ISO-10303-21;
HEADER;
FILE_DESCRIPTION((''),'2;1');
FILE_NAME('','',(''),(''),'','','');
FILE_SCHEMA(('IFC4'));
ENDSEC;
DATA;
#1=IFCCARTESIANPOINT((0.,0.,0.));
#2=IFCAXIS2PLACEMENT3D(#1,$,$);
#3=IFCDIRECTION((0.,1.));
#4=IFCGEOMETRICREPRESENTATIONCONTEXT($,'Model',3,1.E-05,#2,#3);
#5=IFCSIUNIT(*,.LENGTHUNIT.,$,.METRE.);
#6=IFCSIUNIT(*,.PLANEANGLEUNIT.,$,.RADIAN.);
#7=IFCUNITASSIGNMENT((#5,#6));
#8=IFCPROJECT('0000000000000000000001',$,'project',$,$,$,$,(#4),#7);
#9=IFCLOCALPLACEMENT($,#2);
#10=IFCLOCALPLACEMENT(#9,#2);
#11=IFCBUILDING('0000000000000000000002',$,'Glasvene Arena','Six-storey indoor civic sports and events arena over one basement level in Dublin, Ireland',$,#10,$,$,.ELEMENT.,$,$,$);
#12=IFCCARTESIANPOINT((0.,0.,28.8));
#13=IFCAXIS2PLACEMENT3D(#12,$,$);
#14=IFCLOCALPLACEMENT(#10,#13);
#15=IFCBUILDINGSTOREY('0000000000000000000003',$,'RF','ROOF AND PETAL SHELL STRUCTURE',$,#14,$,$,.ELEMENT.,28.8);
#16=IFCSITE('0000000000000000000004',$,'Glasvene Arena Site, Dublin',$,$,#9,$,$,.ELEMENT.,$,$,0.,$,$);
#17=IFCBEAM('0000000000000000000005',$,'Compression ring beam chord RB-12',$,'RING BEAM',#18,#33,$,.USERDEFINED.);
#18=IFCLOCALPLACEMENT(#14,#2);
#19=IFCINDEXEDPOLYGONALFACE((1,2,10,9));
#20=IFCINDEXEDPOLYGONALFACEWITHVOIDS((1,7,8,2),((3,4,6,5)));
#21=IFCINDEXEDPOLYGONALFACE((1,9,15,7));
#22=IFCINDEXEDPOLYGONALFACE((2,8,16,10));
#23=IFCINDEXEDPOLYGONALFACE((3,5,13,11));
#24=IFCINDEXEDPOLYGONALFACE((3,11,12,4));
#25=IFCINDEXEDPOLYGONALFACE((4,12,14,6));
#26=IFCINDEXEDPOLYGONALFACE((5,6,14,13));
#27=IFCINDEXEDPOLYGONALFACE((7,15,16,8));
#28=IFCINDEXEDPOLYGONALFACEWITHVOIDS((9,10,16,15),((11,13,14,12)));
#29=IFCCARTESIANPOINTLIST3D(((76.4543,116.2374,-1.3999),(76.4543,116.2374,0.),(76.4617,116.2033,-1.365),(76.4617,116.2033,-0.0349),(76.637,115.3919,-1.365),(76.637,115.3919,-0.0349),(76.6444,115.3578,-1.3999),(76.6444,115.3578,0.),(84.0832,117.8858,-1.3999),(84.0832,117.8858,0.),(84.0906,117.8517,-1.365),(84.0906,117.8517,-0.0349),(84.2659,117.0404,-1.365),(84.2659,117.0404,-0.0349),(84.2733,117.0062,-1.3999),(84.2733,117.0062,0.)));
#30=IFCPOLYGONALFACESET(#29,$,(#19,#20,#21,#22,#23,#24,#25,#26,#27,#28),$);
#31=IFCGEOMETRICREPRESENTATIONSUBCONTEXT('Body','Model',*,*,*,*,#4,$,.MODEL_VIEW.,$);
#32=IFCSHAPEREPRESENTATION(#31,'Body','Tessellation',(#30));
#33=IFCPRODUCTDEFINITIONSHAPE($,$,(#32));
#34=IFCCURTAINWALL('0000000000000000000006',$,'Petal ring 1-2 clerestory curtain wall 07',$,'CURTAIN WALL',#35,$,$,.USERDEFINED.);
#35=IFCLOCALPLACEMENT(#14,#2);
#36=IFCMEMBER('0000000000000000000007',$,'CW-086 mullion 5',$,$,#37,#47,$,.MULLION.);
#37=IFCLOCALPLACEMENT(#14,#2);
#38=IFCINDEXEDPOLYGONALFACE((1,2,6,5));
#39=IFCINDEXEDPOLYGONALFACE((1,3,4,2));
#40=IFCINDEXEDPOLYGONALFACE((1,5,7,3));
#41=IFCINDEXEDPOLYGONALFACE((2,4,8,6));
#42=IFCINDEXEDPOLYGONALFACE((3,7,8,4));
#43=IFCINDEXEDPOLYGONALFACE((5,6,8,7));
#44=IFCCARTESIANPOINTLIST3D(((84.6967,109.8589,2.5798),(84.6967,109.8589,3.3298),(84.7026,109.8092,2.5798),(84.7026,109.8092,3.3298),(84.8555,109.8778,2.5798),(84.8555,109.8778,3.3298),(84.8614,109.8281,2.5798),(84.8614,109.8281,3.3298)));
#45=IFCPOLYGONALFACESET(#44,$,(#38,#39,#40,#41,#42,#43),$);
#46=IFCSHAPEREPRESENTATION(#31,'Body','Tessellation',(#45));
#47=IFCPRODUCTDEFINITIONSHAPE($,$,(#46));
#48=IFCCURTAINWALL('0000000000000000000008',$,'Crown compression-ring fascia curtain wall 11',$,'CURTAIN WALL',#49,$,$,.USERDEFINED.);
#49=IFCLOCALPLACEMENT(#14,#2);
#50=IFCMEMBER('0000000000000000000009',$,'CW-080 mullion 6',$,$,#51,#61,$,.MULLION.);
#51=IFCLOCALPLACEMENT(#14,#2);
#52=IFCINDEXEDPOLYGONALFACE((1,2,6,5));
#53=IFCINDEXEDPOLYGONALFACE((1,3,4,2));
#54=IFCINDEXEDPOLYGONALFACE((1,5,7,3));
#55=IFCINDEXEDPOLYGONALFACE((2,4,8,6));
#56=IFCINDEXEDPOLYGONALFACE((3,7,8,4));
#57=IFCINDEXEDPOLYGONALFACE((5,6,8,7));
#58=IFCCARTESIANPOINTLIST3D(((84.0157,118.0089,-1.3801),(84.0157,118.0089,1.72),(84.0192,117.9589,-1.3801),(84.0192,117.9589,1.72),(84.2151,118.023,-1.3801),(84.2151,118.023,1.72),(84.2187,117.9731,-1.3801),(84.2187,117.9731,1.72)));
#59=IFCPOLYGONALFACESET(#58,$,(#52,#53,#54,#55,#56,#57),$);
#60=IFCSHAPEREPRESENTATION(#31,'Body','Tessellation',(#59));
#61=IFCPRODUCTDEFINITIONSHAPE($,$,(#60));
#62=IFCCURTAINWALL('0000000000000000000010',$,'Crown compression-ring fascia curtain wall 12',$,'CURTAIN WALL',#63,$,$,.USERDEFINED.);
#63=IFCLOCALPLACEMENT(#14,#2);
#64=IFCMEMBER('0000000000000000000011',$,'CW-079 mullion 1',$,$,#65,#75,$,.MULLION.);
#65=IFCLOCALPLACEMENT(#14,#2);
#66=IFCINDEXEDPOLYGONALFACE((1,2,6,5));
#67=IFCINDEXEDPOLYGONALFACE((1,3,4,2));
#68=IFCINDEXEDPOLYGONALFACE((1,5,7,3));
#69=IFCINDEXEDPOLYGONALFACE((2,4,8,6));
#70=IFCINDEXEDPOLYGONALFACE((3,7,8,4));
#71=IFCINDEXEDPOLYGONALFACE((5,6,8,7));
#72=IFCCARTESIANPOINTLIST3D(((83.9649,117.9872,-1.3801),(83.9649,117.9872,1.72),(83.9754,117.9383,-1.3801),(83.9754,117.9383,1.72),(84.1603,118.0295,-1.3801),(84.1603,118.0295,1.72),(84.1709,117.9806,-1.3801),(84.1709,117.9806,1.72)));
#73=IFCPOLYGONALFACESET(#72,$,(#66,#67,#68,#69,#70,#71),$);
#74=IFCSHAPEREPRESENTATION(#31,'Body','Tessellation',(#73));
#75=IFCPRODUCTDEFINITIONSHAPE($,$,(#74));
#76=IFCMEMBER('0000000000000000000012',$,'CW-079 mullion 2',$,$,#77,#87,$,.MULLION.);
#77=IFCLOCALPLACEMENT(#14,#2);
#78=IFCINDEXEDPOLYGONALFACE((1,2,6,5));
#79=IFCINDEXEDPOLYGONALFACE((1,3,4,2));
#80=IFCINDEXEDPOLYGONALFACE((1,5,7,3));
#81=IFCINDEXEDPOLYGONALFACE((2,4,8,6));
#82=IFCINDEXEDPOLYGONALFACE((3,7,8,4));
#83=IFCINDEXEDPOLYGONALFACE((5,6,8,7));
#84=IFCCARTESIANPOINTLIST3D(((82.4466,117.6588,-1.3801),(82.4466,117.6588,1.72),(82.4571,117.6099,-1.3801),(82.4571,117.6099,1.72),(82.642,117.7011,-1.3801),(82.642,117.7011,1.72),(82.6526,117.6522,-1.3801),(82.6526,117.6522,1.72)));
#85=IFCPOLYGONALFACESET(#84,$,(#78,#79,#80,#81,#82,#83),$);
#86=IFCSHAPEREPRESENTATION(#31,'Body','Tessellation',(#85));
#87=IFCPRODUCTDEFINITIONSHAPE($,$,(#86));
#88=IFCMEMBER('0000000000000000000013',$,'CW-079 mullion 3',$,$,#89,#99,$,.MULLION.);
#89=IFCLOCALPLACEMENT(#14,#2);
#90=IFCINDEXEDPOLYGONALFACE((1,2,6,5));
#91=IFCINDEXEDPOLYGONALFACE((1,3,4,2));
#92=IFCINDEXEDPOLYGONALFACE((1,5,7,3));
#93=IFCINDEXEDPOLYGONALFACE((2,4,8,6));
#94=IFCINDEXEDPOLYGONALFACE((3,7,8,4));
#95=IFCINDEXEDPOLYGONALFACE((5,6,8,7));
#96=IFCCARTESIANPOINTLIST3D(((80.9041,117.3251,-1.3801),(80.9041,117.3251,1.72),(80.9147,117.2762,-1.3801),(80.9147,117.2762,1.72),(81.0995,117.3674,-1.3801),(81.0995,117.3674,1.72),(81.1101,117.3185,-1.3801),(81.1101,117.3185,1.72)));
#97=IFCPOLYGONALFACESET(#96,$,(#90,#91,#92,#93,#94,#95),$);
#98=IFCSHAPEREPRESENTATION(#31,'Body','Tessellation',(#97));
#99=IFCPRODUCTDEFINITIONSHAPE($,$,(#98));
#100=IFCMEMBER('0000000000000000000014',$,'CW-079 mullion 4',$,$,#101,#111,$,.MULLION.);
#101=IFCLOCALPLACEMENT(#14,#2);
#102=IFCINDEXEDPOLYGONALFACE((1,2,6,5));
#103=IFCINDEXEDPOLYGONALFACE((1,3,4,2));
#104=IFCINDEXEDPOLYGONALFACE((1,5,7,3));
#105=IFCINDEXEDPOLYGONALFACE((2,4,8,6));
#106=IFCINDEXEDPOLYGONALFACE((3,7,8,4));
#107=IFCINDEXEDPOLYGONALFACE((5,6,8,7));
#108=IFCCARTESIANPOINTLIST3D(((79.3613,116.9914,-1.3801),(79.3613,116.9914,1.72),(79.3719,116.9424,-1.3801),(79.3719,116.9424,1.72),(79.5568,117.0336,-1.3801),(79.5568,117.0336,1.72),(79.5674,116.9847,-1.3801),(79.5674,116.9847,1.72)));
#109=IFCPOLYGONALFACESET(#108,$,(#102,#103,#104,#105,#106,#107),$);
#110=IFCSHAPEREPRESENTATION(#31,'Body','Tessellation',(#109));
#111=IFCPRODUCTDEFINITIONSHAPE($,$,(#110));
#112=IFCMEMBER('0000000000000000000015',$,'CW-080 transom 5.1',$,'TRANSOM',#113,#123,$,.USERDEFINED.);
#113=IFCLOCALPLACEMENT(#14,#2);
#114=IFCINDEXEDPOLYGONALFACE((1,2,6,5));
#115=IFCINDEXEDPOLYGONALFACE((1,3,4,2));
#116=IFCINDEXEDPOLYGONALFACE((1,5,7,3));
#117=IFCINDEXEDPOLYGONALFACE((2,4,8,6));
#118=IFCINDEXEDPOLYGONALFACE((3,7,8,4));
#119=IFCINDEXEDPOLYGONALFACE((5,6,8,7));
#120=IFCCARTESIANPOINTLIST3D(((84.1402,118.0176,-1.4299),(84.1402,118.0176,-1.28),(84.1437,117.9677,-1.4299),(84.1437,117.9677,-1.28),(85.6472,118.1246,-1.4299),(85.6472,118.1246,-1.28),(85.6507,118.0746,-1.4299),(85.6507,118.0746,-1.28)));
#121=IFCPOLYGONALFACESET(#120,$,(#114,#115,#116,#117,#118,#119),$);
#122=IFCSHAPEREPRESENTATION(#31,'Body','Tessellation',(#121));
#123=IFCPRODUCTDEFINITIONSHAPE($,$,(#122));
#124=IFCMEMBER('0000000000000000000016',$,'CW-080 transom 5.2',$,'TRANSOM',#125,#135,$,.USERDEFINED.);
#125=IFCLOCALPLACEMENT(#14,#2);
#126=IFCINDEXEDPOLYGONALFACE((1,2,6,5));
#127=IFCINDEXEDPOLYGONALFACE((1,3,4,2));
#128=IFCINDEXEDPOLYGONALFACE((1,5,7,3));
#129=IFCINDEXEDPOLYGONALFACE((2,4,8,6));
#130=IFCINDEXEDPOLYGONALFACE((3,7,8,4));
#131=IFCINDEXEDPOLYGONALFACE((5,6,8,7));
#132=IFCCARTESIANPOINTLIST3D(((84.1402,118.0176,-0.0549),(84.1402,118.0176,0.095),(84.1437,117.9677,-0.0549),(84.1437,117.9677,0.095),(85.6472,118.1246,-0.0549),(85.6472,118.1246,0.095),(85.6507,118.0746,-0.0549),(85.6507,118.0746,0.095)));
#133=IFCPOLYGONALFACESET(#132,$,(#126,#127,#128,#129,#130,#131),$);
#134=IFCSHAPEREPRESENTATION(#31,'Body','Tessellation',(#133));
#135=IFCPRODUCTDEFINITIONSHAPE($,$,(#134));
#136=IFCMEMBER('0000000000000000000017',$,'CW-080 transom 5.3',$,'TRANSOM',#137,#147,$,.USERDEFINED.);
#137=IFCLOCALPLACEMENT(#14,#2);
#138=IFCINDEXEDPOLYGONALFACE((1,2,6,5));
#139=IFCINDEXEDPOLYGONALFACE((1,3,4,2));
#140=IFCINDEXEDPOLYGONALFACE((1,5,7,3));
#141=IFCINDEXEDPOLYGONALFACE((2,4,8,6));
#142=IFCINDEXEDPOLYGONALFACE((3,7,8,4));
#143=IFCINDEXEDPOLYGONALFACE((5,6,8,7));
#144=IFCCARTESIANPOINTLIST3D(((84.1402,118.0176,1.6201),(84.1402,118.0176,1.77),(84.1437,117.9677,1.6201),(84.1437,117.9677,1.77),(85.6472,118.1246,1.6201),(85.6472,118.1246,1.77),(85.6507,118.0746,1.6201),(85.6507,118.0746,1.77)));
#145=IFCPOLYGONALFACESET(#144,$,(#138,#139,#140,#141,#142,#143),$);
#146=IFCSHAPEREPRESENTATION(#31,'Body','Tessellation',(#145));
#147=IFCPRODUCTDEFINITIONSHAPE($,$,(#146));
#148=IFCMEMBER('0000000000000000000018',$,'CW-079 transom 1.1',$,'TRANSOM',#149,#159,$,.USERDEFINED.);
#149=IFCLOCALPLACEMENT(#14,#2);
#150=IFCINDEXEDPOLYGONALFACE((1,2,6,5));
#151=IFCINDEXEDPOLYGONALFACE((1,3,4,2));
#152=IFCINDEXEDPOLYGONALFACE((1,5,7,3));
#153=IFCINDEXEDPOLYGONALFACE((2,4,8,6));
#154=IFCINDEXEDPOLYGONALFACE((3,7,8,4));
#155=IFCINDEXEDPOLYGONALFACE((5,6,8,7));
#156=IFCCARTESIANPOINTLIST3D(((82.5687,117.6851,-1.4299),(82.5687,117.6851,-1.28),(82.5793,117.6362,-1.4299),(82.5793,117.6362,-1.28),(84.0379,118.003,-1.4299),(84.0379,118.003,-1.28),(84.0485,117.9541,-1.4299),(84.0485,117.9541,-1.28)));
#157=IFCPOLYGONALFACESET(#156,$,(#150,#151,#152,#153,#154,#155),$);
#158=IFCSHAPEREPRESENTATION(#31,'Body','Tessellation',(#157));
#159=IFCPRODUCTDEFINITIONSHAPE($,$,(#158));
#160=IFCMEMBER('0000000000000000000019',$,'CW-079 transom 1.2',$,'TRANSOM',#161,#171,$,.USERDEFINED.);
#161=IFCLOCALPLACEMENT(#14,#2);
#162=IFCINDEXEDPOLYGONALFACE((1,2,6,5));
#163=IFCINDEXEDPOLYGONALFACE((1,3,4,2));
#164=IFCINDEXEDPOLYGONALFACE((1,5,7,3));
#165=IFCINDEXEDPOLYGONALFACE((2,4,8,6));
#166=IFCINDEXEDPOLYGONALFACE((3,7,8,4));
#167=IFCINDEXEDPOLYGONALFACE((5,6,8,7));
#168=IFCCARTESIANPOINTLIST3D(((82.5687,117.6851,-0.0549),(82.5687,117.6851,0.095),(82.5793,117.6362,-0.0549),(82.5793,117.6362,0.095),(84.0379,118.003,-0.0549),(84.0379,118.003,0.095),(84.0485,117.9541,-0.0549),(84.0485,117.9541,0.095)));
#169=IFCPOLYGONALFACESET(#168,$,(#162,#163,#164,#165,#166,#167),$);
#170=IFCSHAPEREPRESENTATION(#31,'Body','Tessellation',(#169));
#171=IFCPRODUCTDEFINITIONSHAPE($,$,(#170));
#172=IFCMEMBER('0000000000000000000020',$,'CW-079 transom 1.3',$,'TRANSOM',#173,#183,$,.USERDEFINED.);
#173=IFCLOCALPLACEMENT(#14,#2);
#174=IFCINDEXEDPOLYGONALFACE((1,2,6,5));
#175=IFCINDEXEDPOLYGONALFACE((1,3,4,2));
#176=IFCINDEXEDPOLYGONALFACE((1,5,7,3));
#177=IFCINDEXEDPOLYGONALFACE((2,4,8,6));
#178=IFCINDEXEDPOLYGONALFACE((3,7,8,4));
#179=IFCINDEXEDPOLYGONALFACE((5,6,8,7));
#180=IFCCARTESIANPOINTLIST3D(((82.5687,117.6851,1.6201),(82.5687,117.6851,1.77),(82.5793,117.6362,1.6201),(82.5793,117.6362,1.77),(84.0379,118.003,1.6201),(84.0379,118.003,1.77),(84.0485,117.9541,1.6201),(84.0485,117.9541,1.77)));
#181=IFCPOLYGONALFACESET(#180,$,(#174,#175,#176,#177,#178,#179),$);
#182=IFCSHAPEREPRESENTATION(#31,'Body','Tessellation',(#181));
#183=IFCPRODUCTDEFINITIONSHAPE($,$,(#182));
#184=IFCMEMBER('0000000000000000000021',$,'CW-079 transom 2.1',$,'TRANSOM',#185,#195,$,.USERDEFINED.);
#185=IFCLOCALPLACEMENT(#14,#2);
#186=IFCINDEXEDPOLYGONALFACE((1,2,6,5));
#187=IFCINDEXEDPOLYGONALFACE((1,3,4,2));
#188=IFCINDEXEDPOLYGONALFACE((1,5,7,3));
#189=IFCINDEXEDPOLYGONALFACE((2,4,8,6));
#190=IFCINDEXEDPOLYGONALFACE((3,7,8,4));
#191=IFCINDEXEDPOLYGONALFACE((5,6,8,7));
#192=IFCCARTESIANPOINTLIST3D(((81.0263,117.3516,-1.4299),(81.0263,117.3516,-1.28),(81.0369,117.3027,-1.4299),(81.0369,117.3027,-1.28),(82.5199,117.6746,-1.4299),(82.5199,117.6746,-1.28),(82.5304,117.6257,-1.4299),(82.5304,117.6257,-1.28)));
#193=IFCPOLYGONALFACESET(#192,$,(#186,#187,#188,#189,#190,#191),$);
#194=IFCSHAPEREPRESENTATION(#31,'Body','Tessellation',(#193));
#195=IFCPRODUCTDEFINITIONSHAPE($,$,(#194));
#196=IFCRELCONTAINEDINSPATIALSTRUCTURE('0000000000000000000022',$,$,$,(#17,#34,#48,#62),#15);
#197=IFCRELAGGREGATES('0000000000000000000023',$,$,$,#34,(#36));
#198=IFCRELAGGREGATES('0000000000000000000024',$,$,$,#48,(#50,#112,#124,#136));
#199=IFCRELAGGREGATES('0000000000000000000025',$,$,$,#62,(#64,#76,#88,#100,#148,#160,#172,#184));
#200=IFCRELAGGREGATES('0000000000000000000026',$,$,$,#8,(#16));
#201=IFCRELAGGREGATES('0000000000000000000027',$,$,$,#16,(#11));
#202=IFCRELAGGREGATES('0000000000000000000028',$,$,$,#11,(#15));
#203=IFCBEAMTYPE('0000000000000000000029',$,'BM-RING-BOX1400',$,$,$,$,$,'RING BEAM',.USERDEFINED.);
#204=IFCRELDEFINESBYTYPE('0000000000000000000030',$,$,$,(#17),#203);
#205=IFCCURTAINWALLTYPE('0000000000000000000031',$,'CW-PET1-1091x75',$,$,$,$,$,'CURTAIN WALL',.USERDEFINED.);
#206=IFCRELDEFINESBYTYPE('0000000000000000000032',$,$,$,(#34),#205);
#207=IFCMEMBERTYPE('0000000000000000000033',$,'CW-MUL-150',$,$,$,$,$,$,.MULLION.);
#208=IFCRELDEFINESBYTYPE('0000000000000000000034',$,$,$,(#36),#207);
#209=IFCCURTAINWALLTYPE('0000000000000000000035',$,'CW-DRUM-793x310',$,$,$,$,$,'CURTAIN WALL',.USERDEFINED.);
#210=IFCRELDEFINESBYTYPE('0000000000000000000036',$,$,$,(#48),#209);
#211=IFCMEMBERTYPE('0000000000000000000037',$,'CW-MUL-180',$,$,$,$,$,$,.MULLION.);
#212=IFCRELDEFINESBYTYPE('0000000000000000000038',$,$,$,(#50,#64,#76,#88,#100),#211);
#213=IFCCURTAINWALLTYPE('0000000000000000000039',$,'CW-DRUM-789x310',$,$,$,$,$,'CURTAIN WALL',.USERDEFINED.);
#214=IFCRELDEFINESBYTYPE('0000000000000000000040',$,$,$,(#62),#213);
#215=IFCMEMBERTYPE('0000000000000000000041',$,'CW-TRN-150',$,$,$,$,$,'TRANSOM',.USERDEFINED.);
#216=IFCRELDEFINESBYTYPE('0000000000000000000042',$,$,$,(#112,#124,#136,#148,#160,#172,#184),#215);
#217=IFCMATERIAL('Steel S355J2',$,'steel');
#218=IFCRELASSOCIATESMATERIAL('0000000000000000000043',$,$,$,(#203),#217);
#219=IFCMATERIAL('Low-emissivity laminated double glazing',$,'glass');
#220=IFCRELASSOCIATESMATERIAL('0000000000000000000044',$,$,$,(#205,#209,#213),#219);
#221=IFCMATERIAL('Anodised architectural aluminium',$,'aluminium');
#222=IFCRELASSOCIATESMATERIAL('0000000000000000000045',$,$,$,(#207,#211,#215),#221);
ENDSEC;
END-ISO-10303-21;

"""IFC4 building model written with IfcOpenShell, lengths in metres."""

from ifc_helpers import new_model, si_unit, direction, frame, origin, origin_2d, place, context, subcontext, project, spatial, rectangle, hollow_rectangle, extrude, material, material_profile, profile_set, type_object, element, aggregate, save


model = new_model("IFC4")

# Units and contexts
model_context = context("Model", 3, precision=1e-05, world=origin(), true_north=direction((0.0, 1.0)))
body_context = subcontext(model_context, "Body", "Model", "MODEL_VIEW")
ifc_project = project(units=[si_unit("LENGTHUNIT", "METRE"), si_unit("PLANEANGLEUNIT", "RADIAN")], contexts=[model_context])

# Site, building, storey
site_placement = place(None, origin())
site = spatial("IfcSite", under=ifc_project, at=site_placement, Name="Glasvene Arena Site, Dublin", CompositionType="ELEMENT", RefElevation=0.0)
building_placement = place(site_placement, origin())
building = spatial("IfcBuilding", under=site, at=building_placement, Name="Glasvene Arena", Description="Six-storey indoor civic sports and events arena over one basement level in Dublin, Ireland", CompositionType="ELEMENT")
storey_placement = place(building_placement, frame((0.0, 0.0, 28.8)))
storey = spatial("IfcBuildingStorey", under=building, at=storey_placement, Name="RF", Description="ROOF AND PETAL SHELL STRUCTURE", CompositionType="ELEMENT", Elevation=28.8)

# Beam
ifc_material_1 = material(Name="Steel S355J2", Category="steel")
ifc_material_profile_1 = material_profile(ifc_material_1, hollow_rectangle(XDim=0.8999, YDim=1.3999, WallThickness=0.0349, at=origin_2d()), Name="WBOX 900x1400x35")
ifc_profile_set_1 = profile_set([ifc_material_profile_1], Name="Steel S355J2")
beam_type = type_object("IfcBeamType", Name="BM-RING-BOX1400", ElementType="RING BEAM", PredefinedType="USERDEFINED", material=ifc_profile_set_1)
beam_placement = place(storey_placement, frame((84.1782, 117.446, -0.7), z_axis=(-0.977442, -0.211204, 0.0), x_axis=(0.211204, -0.977442, 0.0)))
element("IfcBeam", 1, at=beam_placement, inside=storey, type_object=beam_type, Name="Compression ring beam chord RB-12", ObjectType="RING BEAM", PredefinedType="USERDEFINED", context=body_context, shape_type="SweptSolid", body=[
    extrude(hollow_rectangle(XDim=0.8999, YDim=1.3999, WallThickness=0.0349, at=origin_2d()), origin(), (0.0, 0.0, 1.0), 7.8049),
])

# Curtain walls, members
ifc_material_2 = material(Name="Low-emissivity laminated double glazing", Category="glass")
curtain_wall_type_1 = type_object("IfcCurtainWallType", Name="CW-PET1-1091x75", ElementType="CURTAIN WALL", PredefinedType="USERDEFINED", material=ifc_material_2)
curtain_wall_1_placement = place(storey_placement, frame((92.0, 110.7, 0.0)))
curtain_wall_1 = element("IfcCurtainWall", 2, at=curtain_wall_1_placement, inside=storey, type_object=curtain_wall_type_1, Name="Petal ring 1-2 clerestory curtain wall 07", ObjectType="CURTAIN WALL", PredefinedType="USERDEFINED")
ifc_material_3 = material(Name="Anodised architectural aluminium", Category="aluminium")
ifc_material_profile_2 = material_profile(ifc_material_3, rectangle(XDim=0.05, YDim=0.1599, at=origin_2d()), Name="ALU MULLION 50x160")
ifc_profile_set_2 = profile_set([ifc_material_profile_2], Name="Anodised architectural aluminium")
member_type_1 = type_object("IfcMemberType", Name="CW-MUL-150", PredefinedType="MULLION", material=ifc_profile_set_2)
member_1_placement = place(storey_placement, frame((84.7791, 109.8435, 2.5798), z_axis=(0.0, 0.0, 1.0), x_axis=(0.117772, -0.993041, 0.0)))
member_1 = element("IfcMember", 3, at=member_1_placement, type_object=member_type_1, Name="CW-086 mullion 5", PredefinedType="MULLION", context=body_context, shape_type="SweptSolid", body=[
    extrude(rectangle(XDim=0.05, YDim=0.1599, at=origin_2d()), origin(), (0.0, 0.0, 1.0), 0.75),
])
aggregate(curtain_wall_1, [member_1])
curtain_wall_type_2 = type_object("IfcCurtainWallType", Name="CW-DRUM-793x310", ElementType="CURTAIN WALL", PredefinedType="USERDEFINED", material=ifc_material_2)
curtain_wall_2_placement = place(storey_placement, frame((92.0, 118.55, 0.0)))
curtain_wall_2 = element("IfcCurtainWall", 4, at=curtain_wall_2_placement, inside=storey, type_object=curtain_wall_type_2, Name="Crown compression-ring fascia curtain wall 11", ObjectType="CURTAIN WALL", PredefinedType="USERDEFINED")
ifc_material_profile_3 = material_profile(ifc_material_3, rectangle(XDim=0.05, YDim=0.2, at=origin_2d()), Name="ALU MULLION 50x200")
ifc_profile_set_3 = profile_set([ifc_material_profile_3], Name="Anodised architectural aluminium")
member_type_2 = type_object("IfcMemberType", Name="CW-MUL-180", PredefinedType="MULLION", material=ifc_profile_set_3)
member_2_placement = place(storey_placement, frame((84.1172, 117.991, -1.3801), z_axis=(0.0, 0.0, 1.0), x_axis=(0.07074, -0.997495, 0.0)))
member_2 = element("IfcMember", 5, at=member_2_placement, type_object=member_type_2, Name="CW-080 mullion 6", PredefinedType="MULLION", context=body_context, shape_type="SweptSolid", body=[
    extrude(rectangle(XDim=0.05, YDim=0.2, at=origin_2d()), origin(), (0.0, 0.0, 1.0), 3.1001),
])

# Curtain wall, members
curtain_wall_type_3 = type_object("IfcCurtainWallType", Name="CW-DRUM-789x310", ElementType="CURTAIN WALL", PredefinedType="USERDEFINED", material=ifc_material_2)
curtain_wall_3_placement = place(storey_placement, frame((84.0923, 117.9893, 0.0)))
curtain_wall_3 = element("IfcCurtainWall", 6, at=curtain_wall_3_placement, inside=storey, type_object=curtain_wall_type_3, Name="Crown compression-ring fascia curtain wall 12", ObjectType="CURTAIN WALL", PredefinedType="USERDEFINED")
member_3_placement = place(storey_placement, frame((84.0679, 117.9839, -1.3801), z_axis=(0.0, 0.0, 1.0), x_axis=(0.211445, -0.97739, 0.0)))
member_3 = element("IfcMember", 7, at=member_3_placement, type_object=member_type_2, Name="CW-079 mullion 1", PredefinedType="MULLION", context=body_context, shape_type="SweptSolid", body=[
    extrude(rectangle(XDim=0.05, YDim=0.2, at=origin_2d()), origin(), (0.0, 0.0, 1.0), 3.1001),
])
member_4_placement = place(storey_placement, frame((82.5496, 117.6555, -1.3801), z_axis=(0.0, 0.0, 1.0), x_axis=(0.211445, -0.97739, 0.0)))
member_4 = element("IfcMember", 8, at=member_4_placement, type_object=member_type_2, Name="CW-079 mullion 2", PredefinedType="MULLION", context=body_context, shape_type="SweptSolid", body=[
    extrude(rectangle(XDim=0.05, YDim=0.2, at=origin_2d()), origin(), (0.0, 0.0, 1.0), 3.1001),
])
member_5_placement = place(storey_placement, frame((81.0071, 117.3218, -1.3801), z_axis=(0.0, 0.0, 1.0), x_axis=(0.211445, -0.97739, 0.0)))
member_5 = element("IfcMember", 9, at=member_5_placement, type_object=member_type_2, Name="CW-079 mullion 3", PredefinedType="MULLION", context=body_context, shape_type="SweptSolid", body=[
    extrude(rectangle(XDim=0.05, YDim=0.2, at=origin_2d()), origin(), (0.0, 0.0, 1.0), 3.1001),
])
member_6_placement = place(storey_placement, frame((79.4644, 116.988, -1.3801), z_axis=(0.0, 0.0, 1.0), x_axis=(0.211445, -0.97739, 0.0)))
member_6 = element("IfcMember", 10, at=member_6_placement, type_object=member_type_2, Name="CW-079 mullion 4", PredefinedType="MULLION", context=body_context, shape_type="SweptSolid", body=[
    extrude(rectangle(XDim=0.05, YDim=0.2, at=origin_2d()), origin(), (0.0, 0.0, 1.0), 3.1001),
])

# Members
ifc_material_profile_4 = material_profile(ifc_material_3, rectangle(XDim=0.05, YDim=0.1499, at=origin_2d()), Name="ALU TRANSOM 50x150")
ifc_profile_set_4 = profile_set([ifc_material_profile_4], Name="Anodised architectural aluminium")
member_type_3 = type_object("IfcMemberType", Name="CW-TRN-150", ElementType="TRANSOM", PredefinedType="USERDEFINED", material=ifc_profile_set_4)
member_7_placement = place(storey_placement, frame((85.6489, 118.0996, -1.355), z_axis=(-0.997491, -0.070788, 0.0), x_axis=(0.070788, -0.997491, 0.0)))
member_7 = element("IfcMember", 11, at=member_7_placement, type_object=member_type_3, Name="CW-080 transom 5.1", ObjectType="TRANSOM", PredefinedType="USERDEFINED", context=body_context, shape_type="SweptSolid", body=[
    extrude(rectangle(XDim=0.05, YDim=0.1499, at=origin_2d()), origin(), (0.0, 0.0, 1.0), 1.5107),
])
member_8_placement = place(storey_placement, frame((85.6489, 118.0996, 0.02), z_axis=(-0.997491, -0.070788, 0.0), x_axis=(0.070788, -0.997491, 0.0)))
member_8 = element("IfcMember", 12, at=member_8_placement, type_object=member_type_3, Name="CW-080 transom 5.2", ObjectType="TRANSOM", PredefinedType="USERDEFINED", context=body_context, shape_type="SweptSolid", body=[
    extrude(rectangle(XDim=0.05, YDim=0.1499, at=origin_2d()), origin(), (0.0, 0.0, 1.0), 1.5107),
])
member_9_placement = place(storey_placement, frame((85.6489, 118.0996, 1.6951), z_axis=(-0.997491, -0.070788, 0.0), x_axis=(0.070788, -0.997491, 0.0)))
member_9 = element("IfcMember", 13, at=member_9_placement, type_object=member_type_3, Name="CW-080 transom 5.3", ObjectType="TRANSOM", PredefinedType="USERDEFINED", context=body_context, shape_type="SweptSolid", body=[
    extrude(rectangle(XDim=0.05, YDim=0.1499, at=origin_2d()), origin(), (0.0, 0.0, 1.0), 1.5107),
])
member_10_placement = place(storey_placement, frame((84.0432, 117.9785, -1.355), z_axis=(-0.977387, -0.211459, 0.0), x_axis=(0.211459, -0.977387, 0.0)))
member_10 = element("IfcMember", 14, at=member_10_placement, type_object=member_type_3, Name="CW-079 transom 1.1", ObjectType="TRANSOM", PredefinedType="USERDEFINED", context=body_context, shape_type="SweptSolid", body=[
    extrude(rectangle(XDim=0.05, YDim=0.1499, at=origin_2d()), origin(), (0.0, 0.0, 1.0), 1.5032),
])
member_11_placement = place(storey_placement, frame((84.0432, 117.9785, 0.02), z_axis=(-0.977387, -0.211459, 0.0), x_axis=(0.211459, -0.977387, 0.0)))
member_11 = element("IfcMember", 15, at=member_11_placement, type_object=member_type_3, Name="CW-079 transom 1.2", ObjectType="TRANSOM", PredefinedType="USERDEFINED", context=body_context, shape_type="SweptSolid", body=[
    extrude(rectangle(XDim=0.05, YDim=0.1499, at=origin_2d()), origin(), (0.0, 0.0, 1.0), 1.5032),
])
member_12_placement = place(storey_placement, frame((84.0432, 117.9785, 1.6951), z_axis=(-0.977387, -0.211459, 0.0), x_axis=(0.211459, -0.977387, 0.0)))
member_12 = element("IfcMember", 16, at=member_12_placement, type_object=member_type_3, Name="CW-079 transom 1.3", ObjectType="TRANSOM", PredefinedType="USERDEFINED", context=body_context, shape_type="SweptSolid", body=[
    extrude(rectangle(XDim=0.05, YDim=0.1499, at=origin_2d()), origin(), (0.0, 0.0, 1.0), 1.5032),
])
member_13_placement = place(storey_placement, frame((82.5251, 117.6501, -1.355), z_axis=(-0.977408, -0.211362, 0.0), x_axis=(0.211362, -0.977408, 0.0)))
member_13 = element("IfcMember", 17, at=member_13_placement, type_object=member_type_3, Name="CW-079 transom 2.1", ObjectType="TRANSOM", PredefinedType="USERDEFINED", context=body_context, shape_type="SweptSolid", body=[
    extrude(rectangle(XDim=0.05, YDim=0.1499, at=origin_2d()), origin(), (0.0, 0.0, 1.0), 1.5281),
])

aggregate(curtain_wall_2, [member_2, member_7, member_8, member_9])
aggregate(curtain_wall_3, [member_3, member_4, member_5, member_6, member_10, member_11, member_12, member_13])

save(model, "model.ifc")
